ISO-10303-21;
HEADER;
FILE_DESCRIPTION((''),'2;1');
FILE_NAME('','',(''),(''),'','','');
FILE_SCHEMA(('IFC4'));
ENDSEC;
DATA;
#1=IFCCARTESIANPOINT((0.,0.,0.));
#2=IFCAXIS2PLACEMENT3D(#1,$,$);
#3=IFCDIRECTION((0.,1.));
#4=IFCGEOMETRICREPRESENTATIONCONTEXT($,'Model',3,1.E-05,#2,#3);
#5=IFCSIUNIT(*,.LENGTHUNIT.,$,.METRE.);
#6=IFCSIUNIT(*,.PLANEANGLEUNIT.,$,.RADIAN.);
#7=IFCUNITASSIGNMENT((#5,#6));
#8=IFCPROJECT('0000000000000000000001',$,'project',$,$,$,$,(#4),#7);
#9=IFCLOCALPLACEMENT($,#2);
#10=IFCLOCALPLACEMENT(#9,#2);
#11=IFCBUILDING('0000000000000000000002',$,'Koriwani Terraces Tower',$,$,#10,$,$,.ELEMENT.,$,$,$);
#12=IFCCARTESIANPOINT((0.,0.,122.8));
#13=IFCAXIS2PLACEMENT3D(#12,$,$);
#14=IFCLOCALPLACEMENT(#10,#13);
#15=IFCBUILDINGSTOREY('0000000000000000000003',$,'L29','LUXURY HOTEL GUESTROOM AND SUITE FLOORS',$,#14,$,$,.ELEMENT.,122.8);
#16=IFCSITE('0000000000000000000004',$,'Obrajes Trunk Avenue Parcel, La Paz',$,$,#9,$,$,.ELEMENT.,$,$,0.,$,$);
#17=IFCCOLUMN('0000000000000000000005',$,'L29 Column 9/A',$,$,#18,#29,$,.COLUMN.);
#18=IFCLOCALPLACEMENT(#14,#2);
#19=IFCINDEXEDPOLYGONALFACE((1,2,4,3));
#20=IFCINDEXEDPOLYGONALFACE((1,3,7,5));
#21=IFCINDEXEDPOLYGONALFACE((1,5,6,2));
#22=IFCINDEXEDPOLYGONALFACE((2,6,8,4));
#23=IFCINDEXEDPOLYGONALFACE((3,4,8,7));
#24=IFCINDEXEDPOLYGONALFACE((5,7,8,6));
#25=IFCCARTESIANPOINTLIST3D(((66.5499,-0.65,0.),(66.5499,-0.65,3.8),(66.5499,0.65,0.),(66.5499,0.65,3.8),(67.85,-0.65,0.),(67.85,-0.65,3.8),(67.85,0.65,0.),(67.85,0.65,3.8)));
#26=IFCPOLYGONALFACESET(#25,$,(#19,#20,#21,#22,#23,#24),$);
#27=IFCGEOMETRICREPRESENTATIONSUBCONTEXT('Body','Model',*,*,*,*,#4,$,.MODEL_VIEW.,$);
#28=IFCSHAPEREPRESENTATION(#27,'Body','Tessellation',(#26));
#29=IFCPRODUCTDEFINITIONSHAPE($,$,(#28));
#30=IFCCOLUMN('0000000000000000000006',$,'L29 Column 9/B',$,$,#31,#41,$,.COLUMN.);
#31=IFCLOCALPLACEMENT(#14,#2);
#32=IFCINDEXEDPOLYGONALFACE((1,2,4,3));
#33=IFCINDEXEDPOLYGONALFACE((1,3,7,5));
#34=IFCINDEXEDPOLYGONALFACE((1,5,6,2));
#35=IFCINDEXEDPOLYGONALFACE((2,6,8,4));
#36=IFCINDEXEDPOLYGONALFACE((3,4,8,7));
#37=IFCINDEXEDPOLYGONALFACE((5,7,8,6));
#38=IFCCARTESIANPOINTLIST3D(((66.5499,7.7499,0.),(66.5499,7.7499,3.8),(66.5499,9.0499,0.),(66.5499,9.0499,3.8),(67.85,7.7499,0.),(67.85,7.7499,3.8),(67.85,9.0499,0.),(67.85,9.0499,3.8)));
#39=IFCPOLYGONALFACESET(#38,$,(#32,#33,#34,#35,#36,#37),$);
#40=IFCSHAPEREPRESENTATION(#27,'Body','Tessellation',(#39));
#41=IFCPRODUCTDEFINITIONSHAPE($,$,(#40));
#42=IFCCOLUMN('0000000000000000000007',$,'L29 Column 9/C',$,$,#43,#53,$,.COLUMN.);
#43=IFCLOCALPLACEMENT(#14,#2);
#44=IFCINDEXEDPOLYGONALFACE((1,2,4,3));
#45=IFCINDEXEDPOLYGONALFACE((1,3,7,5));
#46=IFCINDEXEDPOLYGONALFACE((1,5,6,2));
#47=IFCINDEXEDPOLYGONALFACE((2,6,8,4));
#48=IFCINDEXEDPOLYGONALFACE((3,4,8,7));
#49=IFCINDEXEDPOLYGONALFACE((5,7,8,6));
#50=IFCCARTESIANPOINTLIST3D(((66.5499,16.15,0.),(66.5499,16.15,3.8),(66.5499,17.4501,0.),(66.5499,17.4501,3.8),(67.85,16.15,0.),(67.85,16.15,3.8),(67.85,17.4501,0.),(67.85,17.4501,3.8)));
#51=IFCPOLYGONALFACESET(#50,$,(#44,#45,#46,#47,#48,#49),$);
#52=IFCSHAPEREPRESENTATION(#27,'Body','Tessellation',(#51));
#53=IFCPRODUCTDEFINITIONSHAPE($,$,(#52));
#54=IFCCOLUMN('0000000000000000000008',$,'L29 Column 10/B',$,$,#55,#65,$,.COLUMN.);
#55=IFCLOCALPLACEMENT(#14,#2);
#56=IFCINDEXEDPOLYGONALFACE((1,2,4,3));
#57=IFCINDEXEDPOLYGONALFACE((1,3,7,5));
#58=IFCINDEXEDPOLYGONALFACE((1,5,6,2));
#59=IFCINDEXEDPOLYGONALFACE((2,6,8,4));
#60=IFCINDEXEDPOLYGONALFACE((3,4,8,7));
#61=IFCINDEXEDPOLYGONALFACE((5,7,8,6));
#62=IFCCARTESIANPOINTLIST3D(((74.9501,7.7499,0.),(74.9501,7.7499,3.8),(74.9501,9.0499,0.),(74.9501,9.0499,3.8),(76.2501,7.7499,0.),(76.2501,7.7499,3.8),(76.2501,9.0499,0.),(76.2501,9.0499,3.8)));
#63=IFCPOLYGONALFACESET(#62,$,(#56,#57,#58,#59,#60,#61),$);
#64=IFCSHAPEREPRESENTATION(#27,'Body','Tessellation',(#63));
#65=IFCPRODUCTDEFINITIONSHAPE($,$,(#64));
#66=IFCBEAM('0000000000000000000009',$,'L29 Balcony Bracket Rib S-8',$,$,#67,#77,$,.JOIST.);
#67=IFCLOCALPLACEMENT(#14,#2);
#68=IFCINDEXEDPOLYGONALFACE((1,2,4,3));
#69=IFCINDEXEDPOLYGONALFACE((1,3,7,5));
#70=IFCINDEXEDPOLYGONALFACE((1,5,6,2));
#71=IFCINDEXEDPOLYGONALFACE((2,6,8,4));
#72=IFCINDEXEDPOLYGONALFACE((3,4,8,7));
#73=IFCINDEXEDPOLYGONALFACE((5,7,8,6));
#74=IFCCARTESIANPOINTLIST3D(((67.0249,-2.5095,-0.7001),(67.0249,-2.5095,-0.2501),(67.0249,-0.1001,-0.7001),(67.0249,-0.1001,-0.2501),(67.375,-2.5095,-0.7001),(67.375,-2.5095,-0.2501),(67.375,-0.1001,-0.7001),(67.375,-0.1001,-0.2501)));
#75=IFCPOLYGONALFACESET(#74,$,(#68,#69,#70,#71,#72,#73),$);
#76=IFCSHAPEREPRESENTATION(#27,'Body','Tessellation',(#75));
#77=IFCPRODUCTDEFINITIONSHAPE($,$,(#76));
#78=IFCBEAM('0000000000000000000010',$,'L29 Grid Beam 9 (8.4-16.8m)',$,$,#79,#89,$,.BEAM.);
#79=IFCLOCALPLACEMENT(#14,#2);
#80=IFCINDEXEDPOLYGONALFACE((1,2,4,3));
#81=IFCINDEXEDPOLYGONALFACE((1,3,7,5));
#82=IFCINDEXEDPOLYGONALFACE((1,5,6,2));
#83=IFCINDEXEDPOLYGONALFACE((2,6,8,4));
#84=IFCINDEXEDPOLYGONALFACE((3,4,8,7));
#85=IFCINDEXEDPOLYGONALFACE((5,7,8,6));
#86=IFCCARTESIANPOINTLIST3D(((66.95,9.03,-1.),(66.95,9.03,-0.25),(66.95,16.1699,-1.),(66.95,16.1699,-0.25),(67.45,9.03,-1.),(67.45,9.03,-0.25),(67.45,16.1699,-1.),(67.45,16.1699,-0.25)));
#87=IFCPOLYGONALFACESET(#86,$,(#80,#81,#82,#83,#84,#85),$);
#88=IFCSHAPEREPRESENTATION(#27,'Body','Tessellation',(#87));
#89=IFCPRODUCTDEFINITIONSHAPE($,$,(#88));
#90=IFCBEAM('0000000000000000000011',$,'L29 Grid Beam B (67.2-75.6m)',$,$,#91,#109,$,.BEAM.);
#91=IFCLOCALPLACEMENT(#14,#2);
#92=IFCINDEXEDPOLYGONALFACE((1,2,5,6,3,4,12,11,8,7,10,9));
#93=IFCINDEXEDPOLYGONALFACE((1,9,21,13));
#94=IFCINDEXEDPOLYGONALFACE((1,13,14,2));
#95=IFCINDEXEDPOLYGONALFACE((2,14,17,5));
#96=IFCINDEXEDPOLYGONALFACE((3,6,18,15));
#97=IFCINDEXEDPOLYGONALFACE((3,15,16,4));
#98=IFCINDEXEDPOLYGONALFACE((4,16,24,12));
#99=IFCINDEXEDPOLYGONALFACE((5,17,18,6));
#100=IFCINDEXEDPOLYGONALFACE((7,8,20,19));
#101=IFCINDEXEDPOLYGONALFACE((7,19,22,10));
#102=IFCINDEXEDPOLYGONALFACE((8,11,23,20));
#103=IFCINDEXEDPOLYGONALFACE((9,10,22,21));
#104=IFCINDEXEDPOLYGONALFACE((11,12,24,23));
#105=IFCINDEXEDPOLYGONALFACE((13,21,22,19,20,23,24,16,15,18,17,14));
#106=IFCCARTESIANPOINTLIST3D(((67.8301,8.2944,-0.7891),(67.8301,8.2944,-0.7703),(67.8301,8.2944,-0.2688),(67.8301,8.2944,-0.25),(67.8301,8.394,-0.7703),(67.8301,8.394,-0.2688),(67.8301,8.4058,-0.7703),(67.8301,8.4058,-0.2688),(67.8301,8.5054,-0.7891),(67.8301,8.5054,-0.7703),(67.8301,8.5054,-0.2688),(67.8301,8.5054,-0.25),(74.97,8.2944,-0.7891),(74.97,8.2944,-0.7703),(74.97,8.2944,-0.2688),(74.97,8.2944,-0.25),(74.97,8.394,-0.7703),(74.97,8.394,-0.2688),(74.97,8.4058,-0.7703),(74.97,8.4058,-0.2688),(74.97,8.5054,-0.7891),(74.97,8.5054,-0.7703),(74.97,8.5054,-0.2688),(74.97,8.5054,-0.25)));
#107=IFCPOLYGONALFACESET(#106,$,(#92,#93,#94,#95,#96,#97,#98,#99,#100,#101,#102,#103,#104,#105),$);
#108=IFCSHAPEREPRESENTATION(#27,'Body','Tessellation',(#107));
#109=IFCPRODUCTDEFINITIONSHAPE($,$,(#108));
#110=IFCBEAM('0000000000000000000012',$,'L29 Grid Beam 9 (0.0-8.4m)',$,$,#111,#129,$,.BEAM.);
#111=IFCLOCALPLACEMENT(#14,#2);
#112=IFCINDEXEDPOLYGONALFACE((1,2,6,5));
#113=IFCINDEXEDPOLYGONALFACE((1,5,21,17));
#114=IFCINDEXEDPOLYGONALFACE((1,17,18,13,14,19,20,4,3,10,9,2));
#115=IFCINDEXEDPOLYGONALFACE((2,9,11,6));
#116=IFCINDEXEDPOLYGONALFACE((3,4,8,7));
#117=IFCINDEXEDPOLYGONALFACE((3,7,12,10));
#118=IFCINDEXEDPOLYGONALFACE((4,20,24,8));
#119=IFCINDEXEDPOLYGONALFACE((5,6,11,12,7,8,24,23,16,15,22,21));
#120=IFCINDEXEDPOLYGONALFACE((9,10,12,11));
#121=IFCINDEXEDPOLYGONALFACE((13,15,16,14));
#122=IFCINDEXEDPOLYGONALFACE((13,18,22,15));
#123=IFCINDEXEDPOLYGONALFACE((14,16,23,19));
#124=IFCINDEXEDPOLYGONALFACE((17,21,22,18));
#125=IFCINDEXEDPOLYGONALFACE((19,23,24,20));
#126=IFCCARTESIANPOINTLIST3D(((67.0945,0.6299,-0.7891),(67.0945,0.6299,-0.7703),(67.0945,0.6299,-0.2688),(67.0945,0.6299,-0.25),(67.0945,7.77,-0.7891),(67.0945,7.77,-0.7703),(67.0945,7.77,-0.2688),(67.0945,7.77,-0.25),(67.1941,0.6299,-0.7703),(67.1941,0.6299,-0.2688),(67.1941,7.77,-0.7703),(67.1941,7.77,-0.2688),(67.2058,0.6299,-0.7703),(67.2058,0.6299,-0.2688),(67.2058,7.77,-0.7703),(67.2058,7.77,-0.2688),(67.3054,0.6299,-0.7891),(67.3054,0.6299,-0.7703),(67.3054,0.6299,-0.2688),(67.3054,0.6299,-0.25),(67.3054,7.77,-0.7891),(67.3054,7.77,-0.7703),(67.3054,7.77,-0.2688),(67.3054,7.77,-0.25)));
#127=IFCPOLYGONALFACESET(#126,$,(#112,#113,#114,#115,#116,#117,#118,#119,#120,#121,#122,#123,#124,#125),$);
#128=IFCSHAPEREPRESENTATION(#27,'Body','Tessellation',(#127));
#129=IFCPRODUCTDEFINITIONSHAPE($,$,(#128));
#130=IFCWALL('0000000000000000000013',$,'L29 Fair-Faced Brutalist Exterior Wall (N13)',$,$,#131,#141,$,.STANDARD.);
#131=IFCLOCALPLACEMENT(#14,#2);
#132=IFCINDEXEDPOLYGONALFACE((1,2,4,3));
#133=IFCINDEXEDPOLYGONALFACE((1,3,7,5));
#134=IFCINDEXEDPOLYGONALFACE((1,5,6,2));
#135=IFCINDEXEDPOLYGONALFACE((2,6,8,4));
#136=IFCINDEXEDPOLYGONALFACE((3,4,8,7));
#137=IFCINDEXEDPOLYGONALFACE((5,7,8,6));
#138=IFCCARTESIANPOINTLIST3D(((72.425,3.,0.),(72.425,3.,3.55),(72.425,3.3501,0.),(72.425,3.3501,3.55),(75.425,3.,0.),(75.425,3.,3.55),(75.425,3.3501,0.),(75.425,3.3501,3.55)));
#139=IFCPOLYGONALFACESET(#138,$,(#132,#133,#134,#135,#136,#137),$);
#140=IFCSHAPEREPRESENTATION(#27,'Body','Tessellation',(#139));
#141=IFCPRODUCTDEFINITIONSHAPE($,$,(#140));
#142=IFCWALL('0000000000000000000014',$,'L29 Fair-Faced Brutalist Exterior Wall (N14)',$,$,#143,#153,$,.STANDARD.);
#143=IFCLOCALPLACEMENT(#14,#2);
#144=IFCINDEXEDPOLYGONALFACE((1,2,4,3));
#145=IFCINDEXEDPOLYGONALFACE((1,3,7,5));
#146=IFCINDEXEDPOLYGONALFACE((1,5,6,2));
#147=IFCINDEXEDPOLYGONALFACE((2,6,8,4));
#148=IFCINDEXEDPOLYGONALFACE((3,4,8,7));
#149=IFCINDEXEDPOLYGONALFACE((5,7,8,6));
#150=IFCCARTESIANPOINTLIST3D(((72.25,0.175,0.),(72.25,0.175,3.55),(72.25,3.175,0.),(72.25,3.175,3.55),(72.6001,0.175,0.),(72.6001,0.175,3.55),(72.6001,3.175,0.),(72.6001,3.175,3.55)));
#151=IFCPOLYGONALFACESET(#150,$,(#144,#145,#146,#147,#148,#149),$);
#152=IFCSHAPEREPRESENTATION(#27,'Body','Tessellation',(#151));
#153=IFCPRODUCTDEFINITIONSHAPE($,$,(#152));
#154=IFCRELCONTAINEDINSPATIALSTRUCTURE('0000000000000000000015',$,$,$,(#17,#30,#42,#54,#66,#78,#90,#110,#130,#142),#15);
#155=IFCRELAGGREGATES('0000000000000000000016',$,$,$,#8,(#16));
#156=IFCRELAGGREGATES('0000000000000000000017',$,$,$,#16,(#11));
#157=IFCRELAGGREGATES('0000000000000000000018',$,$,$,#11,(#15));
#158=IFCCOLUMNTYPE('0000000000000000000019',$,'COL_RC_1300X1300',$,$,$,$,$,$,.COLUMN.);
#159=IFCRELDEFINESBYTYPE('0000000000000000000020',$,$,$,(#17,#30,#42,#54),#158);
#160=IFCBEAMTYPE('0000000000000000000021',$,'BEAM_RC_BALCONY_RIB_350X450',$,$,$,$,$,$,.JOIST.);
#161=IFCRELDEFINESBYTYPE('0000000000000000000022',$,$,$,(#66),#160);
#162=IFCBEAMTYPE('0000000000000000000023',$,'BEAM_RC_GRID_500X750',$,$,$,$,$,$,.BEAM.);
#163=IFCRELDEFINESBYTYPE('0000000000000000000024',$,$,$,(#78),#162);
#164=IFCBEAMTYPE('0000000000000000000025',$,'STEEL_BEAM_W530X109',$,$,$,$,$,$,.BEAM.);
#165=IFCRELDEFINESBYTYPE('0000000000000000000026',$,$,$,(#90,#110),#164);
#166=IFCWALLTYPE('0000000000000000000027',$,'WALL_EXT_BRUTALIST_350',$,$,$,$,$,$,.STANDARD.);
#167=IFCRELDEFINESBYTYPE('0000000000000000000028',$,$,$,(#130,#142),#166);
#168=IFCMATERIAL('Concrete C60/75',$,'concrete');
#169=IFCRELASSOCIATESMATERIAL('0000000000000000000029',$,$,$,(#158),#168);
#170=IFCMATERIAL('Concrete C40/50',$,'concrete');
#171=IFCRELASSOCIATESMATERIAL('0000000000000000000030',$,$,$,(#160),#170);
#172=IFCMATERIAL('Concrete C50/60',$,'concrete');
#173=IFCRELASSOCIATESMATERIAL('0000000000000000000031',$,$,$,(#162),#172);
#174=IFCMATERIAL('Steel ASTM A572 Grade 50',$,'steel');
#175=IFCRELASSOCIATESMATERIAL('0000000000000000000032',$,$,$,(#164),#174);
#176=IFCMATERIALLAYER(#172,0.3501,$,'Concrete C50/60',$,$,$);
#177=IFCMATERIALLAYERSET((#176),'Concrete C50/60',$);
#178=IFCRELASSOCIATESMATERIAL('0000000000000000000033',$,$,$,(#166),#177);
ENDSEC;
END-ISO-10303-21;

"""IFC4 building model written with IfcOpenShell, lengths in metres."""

from ifc_helpers import new_model, si_unit, direction, frame, frame_2d, origin, origin_2d, place, context, subcontext, project, spatial, rectangle, i_section, extrude, material, layer, layer_set, material_profile, profile_set, type_object, element, save


model = new_model("IFC4")

# Units and contexts
model_context = context("Model", 3, precision=1e-05, world=origin(), true_north=direction((0.0, 1.0)))
body_context = subcontext(model_context, "Body", "Model", "MODEL_VIEW")
ifc_project = project(units=[si_unit("LENGTHUNIT", "METRE"), si_unit("PLANEANGLEUNIT", "RADIAN")], contexts=[model_context])

# Site, building, storey
site_placement = place(None, origin())
site = spatial("IfcSite", under=ifc_project, at=site_placement, Name="Obrajes Trunk Avenue Parcel, La Paz", CompositionType="ELEMENT", RefElevation=0.0)
building_placement = place(site_placement, origin())
building = spatial("IfcBuilding", under=site, at=building_placement, Name="Koriwani Terraces Tower", CompositionType="ELEMENT")
storey_placement = place(building_placement, frame((0.0, 0.0, 122.8)))
storey = spatial("IfcBuildingStorey", under=building, at=storey_placement, Name="L29", Description="LUXURY HOTEL GUESTROOM AND SUITE FLOORS", CompositionType="ELEMENT", Elevation=122.8)

# Columns
ifc_material_1 = material(Name="Concrete C60/75", Category="concrete")
ifc_material_profile_1 = material_profile(ifc_material_1, rectangle(XDim=1.3, YDim=1.3, at=origin_2d()), Name="Concrete C60/75", Category="LoadBearing")
ifc_profile_set_1 = profile_set([ifc_material_profile_1], Name="Concrete C60/75")
column_type = type_object("IfcColumnType", Name="COL_RC_1300X1300", PredefinedType="COLUMN", material=ifc_profile_set_1)
for number, where, z_axis, x_axis, name in (
    (1, (67.2, 0.0, 0.0), (0.0, 0.0, 1.0), (1.0, 0.0, 0.0), "L29 Column 9/A"),
    (2, (67.2, 8.3999, 0.0), (0.0, 0.0, 1.0), (1.0, 0.0, 0.0), "L29 Column 9/B"),
    (3, (67.2, 16.8, 0.0), (0.0, 0.0, 1.0), (1.0, 0.0, 0.0), "L29 Column 9/C"),
    (4, (75.6001, 8.3999, 0.0), (0.0, 0.0, 1.0), (1.0, 0.0, 0.0), "L29 Column 10/B"),
):
    element("IfcColumn", number, at=place(storey_placement, frame(where, z_axis=z_axis, x_axis=x_axis)), inside=storey, type_object=column_type, Name=name, PredefinedType="COLUMN", context=body_context, shape_type="SweptSolid", body=[
        extrude(rectangle(XDim=1.3, YDim=1.3, at=origin_2d()), origin(), (0.0, 0.0, 1.0), 3.8),
    ])

# Beams
ifc_material_2 = material(Name="Concrete C40/50", Category="concrete")
ifc_material_profile_2 = material_profile(ifc_material_2, rectangle(XDim=0.3501, YDim=0.45, at=origin_2d()), Name="Concrete C40/50", Category="LoadBearing")
ifc_profile_set_2 = profile_set([ifc_material_profile_2], Name="Concrete C40/50")
beam_type_1 = type_object("IfcBeamType", Name="BEAM_RC_BALCONY_RIB_350X450", PredefinedType="JOIST", material=ifc_profile_set_2)
beam_1_placement = place(storey_placement, frame((67.2, -2.5095, -0.4751), z_axis=(0.0, 1.0, 0.0), x_axis=(-1.0, 0.0, 0.0)))
element("IfcBeam", 5, at=beam_1_placement, inside=storey, type_object=beam_type_1, Name="L29 Balcony Bracket Rib S-8", PredefinedType="JOIST", context=body_context, shape_type="SweptSolid", body=[
    extrude(rectangle(XDim=0.3501, YDim=0.45, at=origin_2d()), origin(), (0.0, 0.0, 1.0), 2.4094),
])
ifc_material_3 = material(Name="Concrete C50/60", Category="concrete")
ifc_material_profile_3 = material_profile(ifc_material_3, rectangle(XDim=0.5, YDim=0.75, at=origin_2d()), Name="Concrete C50/60", Category="LoadBearing")
ifc_profile_set_3 = profile_set([ifc_material_profile_3], Name="Concrete C50/60")
beam_type_2 = type_object("IfcBeamType", Name="BEAM_RC_GRID_500X750", PredefinedType="BEAM", material=ifc_profile_set_3)
beam_2_placement = place(storey_placement, frame((67.2, 9.03, -0.625), z_axis=(0.0, 1.0, 0.0), x_axis=(-1.0, 0.0, 0.0)))
element("IfcBeam", 6, at=beam_2_placement, inside=storey, type_object=beam_type_2, Name="L29 Grid Beam 9 (8.4-16.8m)", PredefinedType="BEAM", context=body_context, shape_type="SweptSolid", body=[
    extrude(rectangle(XDim=0.5, YDim=0.75, at=origin_2d()), origin(), (0.0, 0.0, 1.0), 7.1399),
])
ifc_material_4 = material(Name="Steel ASTM A572 Grade 50", Category="steel")
ifc_material_profile_4 = material_profile(ifc_material_4, i_section(OverallWidth=0.2109, OverallDepth=0.5391, WebThickness=0.0117, FlangeThickness=0.0188, at=origin_2d()), Name="Steel ASTM A572 Grade 50", Category="LoadBearing")
ifc_profile_set_4 = profile_set([ifc_material_profile_4], Name="Steel ASTM A572 Grade 50")
beam_type_3 = type_object("IfcBeamType", Name="STEEL_BEAM_W530X109", PredefinedType="BEAM", material=ifc_profile_set_4)
beam_3_placement = place(storey_placement, frame((67.8301, 8.3999, -0.5195), z_axis=(1.0, 0.0, 0.0), x_axis=(0.0, 1.0, 0.0)))
element("IfcBeam", 7, at=beam_3_placement, inside=storey, type_object=beam_type_3, Name="L29 Grid Beam B (67.2-75.6m)", PredefinedType="BEAM", context=body_context, shape_type="SweptSolid", body=[
    extrude(i_section(OverallWidth=0.2109, OverallDepth=0.5391, WebThickness=0.0117, FlangeThickness=0.0188, at=origin_2d()), origin(), (0.0, 0.0, 1.0), 7.1399),
])
beam_4_placement = place(storey_placement, frame((67.2, 0.6299, -0.5195), z_axis=(0.0, 1.0, 0.0), x_axis=(-1.0, 0.0, 0.0)))
element("IfcBeam", 8, at=beam_4_placement, inside=storey, type_object=beam_type_3, Name="L29 Grid Beam 9 (0.0-8.4m)", PredefinedType="BEAM", context=body_context, shape_type="SweptSolid", body=[
    extrude(i_section(OverallWidth=0.2109, OverallDepth=0.5391, WebThickness=0.0117, FlangeThickness=0.0188, at=origin_2d()), origin(), (0.0, 0.0, 1.0), 7.1401),
])

# Walls
ifc_layer_1 = layer(ifc_material_3, 0.3501, Name="Concrete C50/60")
ifc_layer_set_1 = layer_set([ifc_layer_1], Name="Concrete C50/60")
wall_type_1 = type_object("IfcWallType", Name="WALL_EXT_BRUTALIST_350", PredefinedType="STANDARD", material=ifc_layer_set_1)
for number, where, z_axis, x_axis, name in (
    (9, (75.425, 3.175, 0.0), (0.0, 0.0, 1.0), (-1.0, 0.0, 0.0), "L29 Fair-Faced Brutalist Exterior Wall (N13)"),
    (10, (72.425, 3.175, 0.0), (0.0, 0.0, 1.0), (0.0, -1.0, 0.0), "L29 Fair-Faced Brutalist Exterior Wall (N14)"),
):
    element("IfcWall", number, at=place(storey_placement, frame(where, z_axis=z_axis, x_axis=x_axis)), inside=storey, type_object=wall_type_1, Name=name, PredefinedType="STANDARD", context=body_context, shape_type="SweptSolid", body=[
        extrude(rectangle(XDim=3.0, YDim=0.3501, at=frame_2d((1.5, 0.0))), origin(), (0.0, 0.0, 1.0), 3.55),
    ])

save(model, "model.ifc")
